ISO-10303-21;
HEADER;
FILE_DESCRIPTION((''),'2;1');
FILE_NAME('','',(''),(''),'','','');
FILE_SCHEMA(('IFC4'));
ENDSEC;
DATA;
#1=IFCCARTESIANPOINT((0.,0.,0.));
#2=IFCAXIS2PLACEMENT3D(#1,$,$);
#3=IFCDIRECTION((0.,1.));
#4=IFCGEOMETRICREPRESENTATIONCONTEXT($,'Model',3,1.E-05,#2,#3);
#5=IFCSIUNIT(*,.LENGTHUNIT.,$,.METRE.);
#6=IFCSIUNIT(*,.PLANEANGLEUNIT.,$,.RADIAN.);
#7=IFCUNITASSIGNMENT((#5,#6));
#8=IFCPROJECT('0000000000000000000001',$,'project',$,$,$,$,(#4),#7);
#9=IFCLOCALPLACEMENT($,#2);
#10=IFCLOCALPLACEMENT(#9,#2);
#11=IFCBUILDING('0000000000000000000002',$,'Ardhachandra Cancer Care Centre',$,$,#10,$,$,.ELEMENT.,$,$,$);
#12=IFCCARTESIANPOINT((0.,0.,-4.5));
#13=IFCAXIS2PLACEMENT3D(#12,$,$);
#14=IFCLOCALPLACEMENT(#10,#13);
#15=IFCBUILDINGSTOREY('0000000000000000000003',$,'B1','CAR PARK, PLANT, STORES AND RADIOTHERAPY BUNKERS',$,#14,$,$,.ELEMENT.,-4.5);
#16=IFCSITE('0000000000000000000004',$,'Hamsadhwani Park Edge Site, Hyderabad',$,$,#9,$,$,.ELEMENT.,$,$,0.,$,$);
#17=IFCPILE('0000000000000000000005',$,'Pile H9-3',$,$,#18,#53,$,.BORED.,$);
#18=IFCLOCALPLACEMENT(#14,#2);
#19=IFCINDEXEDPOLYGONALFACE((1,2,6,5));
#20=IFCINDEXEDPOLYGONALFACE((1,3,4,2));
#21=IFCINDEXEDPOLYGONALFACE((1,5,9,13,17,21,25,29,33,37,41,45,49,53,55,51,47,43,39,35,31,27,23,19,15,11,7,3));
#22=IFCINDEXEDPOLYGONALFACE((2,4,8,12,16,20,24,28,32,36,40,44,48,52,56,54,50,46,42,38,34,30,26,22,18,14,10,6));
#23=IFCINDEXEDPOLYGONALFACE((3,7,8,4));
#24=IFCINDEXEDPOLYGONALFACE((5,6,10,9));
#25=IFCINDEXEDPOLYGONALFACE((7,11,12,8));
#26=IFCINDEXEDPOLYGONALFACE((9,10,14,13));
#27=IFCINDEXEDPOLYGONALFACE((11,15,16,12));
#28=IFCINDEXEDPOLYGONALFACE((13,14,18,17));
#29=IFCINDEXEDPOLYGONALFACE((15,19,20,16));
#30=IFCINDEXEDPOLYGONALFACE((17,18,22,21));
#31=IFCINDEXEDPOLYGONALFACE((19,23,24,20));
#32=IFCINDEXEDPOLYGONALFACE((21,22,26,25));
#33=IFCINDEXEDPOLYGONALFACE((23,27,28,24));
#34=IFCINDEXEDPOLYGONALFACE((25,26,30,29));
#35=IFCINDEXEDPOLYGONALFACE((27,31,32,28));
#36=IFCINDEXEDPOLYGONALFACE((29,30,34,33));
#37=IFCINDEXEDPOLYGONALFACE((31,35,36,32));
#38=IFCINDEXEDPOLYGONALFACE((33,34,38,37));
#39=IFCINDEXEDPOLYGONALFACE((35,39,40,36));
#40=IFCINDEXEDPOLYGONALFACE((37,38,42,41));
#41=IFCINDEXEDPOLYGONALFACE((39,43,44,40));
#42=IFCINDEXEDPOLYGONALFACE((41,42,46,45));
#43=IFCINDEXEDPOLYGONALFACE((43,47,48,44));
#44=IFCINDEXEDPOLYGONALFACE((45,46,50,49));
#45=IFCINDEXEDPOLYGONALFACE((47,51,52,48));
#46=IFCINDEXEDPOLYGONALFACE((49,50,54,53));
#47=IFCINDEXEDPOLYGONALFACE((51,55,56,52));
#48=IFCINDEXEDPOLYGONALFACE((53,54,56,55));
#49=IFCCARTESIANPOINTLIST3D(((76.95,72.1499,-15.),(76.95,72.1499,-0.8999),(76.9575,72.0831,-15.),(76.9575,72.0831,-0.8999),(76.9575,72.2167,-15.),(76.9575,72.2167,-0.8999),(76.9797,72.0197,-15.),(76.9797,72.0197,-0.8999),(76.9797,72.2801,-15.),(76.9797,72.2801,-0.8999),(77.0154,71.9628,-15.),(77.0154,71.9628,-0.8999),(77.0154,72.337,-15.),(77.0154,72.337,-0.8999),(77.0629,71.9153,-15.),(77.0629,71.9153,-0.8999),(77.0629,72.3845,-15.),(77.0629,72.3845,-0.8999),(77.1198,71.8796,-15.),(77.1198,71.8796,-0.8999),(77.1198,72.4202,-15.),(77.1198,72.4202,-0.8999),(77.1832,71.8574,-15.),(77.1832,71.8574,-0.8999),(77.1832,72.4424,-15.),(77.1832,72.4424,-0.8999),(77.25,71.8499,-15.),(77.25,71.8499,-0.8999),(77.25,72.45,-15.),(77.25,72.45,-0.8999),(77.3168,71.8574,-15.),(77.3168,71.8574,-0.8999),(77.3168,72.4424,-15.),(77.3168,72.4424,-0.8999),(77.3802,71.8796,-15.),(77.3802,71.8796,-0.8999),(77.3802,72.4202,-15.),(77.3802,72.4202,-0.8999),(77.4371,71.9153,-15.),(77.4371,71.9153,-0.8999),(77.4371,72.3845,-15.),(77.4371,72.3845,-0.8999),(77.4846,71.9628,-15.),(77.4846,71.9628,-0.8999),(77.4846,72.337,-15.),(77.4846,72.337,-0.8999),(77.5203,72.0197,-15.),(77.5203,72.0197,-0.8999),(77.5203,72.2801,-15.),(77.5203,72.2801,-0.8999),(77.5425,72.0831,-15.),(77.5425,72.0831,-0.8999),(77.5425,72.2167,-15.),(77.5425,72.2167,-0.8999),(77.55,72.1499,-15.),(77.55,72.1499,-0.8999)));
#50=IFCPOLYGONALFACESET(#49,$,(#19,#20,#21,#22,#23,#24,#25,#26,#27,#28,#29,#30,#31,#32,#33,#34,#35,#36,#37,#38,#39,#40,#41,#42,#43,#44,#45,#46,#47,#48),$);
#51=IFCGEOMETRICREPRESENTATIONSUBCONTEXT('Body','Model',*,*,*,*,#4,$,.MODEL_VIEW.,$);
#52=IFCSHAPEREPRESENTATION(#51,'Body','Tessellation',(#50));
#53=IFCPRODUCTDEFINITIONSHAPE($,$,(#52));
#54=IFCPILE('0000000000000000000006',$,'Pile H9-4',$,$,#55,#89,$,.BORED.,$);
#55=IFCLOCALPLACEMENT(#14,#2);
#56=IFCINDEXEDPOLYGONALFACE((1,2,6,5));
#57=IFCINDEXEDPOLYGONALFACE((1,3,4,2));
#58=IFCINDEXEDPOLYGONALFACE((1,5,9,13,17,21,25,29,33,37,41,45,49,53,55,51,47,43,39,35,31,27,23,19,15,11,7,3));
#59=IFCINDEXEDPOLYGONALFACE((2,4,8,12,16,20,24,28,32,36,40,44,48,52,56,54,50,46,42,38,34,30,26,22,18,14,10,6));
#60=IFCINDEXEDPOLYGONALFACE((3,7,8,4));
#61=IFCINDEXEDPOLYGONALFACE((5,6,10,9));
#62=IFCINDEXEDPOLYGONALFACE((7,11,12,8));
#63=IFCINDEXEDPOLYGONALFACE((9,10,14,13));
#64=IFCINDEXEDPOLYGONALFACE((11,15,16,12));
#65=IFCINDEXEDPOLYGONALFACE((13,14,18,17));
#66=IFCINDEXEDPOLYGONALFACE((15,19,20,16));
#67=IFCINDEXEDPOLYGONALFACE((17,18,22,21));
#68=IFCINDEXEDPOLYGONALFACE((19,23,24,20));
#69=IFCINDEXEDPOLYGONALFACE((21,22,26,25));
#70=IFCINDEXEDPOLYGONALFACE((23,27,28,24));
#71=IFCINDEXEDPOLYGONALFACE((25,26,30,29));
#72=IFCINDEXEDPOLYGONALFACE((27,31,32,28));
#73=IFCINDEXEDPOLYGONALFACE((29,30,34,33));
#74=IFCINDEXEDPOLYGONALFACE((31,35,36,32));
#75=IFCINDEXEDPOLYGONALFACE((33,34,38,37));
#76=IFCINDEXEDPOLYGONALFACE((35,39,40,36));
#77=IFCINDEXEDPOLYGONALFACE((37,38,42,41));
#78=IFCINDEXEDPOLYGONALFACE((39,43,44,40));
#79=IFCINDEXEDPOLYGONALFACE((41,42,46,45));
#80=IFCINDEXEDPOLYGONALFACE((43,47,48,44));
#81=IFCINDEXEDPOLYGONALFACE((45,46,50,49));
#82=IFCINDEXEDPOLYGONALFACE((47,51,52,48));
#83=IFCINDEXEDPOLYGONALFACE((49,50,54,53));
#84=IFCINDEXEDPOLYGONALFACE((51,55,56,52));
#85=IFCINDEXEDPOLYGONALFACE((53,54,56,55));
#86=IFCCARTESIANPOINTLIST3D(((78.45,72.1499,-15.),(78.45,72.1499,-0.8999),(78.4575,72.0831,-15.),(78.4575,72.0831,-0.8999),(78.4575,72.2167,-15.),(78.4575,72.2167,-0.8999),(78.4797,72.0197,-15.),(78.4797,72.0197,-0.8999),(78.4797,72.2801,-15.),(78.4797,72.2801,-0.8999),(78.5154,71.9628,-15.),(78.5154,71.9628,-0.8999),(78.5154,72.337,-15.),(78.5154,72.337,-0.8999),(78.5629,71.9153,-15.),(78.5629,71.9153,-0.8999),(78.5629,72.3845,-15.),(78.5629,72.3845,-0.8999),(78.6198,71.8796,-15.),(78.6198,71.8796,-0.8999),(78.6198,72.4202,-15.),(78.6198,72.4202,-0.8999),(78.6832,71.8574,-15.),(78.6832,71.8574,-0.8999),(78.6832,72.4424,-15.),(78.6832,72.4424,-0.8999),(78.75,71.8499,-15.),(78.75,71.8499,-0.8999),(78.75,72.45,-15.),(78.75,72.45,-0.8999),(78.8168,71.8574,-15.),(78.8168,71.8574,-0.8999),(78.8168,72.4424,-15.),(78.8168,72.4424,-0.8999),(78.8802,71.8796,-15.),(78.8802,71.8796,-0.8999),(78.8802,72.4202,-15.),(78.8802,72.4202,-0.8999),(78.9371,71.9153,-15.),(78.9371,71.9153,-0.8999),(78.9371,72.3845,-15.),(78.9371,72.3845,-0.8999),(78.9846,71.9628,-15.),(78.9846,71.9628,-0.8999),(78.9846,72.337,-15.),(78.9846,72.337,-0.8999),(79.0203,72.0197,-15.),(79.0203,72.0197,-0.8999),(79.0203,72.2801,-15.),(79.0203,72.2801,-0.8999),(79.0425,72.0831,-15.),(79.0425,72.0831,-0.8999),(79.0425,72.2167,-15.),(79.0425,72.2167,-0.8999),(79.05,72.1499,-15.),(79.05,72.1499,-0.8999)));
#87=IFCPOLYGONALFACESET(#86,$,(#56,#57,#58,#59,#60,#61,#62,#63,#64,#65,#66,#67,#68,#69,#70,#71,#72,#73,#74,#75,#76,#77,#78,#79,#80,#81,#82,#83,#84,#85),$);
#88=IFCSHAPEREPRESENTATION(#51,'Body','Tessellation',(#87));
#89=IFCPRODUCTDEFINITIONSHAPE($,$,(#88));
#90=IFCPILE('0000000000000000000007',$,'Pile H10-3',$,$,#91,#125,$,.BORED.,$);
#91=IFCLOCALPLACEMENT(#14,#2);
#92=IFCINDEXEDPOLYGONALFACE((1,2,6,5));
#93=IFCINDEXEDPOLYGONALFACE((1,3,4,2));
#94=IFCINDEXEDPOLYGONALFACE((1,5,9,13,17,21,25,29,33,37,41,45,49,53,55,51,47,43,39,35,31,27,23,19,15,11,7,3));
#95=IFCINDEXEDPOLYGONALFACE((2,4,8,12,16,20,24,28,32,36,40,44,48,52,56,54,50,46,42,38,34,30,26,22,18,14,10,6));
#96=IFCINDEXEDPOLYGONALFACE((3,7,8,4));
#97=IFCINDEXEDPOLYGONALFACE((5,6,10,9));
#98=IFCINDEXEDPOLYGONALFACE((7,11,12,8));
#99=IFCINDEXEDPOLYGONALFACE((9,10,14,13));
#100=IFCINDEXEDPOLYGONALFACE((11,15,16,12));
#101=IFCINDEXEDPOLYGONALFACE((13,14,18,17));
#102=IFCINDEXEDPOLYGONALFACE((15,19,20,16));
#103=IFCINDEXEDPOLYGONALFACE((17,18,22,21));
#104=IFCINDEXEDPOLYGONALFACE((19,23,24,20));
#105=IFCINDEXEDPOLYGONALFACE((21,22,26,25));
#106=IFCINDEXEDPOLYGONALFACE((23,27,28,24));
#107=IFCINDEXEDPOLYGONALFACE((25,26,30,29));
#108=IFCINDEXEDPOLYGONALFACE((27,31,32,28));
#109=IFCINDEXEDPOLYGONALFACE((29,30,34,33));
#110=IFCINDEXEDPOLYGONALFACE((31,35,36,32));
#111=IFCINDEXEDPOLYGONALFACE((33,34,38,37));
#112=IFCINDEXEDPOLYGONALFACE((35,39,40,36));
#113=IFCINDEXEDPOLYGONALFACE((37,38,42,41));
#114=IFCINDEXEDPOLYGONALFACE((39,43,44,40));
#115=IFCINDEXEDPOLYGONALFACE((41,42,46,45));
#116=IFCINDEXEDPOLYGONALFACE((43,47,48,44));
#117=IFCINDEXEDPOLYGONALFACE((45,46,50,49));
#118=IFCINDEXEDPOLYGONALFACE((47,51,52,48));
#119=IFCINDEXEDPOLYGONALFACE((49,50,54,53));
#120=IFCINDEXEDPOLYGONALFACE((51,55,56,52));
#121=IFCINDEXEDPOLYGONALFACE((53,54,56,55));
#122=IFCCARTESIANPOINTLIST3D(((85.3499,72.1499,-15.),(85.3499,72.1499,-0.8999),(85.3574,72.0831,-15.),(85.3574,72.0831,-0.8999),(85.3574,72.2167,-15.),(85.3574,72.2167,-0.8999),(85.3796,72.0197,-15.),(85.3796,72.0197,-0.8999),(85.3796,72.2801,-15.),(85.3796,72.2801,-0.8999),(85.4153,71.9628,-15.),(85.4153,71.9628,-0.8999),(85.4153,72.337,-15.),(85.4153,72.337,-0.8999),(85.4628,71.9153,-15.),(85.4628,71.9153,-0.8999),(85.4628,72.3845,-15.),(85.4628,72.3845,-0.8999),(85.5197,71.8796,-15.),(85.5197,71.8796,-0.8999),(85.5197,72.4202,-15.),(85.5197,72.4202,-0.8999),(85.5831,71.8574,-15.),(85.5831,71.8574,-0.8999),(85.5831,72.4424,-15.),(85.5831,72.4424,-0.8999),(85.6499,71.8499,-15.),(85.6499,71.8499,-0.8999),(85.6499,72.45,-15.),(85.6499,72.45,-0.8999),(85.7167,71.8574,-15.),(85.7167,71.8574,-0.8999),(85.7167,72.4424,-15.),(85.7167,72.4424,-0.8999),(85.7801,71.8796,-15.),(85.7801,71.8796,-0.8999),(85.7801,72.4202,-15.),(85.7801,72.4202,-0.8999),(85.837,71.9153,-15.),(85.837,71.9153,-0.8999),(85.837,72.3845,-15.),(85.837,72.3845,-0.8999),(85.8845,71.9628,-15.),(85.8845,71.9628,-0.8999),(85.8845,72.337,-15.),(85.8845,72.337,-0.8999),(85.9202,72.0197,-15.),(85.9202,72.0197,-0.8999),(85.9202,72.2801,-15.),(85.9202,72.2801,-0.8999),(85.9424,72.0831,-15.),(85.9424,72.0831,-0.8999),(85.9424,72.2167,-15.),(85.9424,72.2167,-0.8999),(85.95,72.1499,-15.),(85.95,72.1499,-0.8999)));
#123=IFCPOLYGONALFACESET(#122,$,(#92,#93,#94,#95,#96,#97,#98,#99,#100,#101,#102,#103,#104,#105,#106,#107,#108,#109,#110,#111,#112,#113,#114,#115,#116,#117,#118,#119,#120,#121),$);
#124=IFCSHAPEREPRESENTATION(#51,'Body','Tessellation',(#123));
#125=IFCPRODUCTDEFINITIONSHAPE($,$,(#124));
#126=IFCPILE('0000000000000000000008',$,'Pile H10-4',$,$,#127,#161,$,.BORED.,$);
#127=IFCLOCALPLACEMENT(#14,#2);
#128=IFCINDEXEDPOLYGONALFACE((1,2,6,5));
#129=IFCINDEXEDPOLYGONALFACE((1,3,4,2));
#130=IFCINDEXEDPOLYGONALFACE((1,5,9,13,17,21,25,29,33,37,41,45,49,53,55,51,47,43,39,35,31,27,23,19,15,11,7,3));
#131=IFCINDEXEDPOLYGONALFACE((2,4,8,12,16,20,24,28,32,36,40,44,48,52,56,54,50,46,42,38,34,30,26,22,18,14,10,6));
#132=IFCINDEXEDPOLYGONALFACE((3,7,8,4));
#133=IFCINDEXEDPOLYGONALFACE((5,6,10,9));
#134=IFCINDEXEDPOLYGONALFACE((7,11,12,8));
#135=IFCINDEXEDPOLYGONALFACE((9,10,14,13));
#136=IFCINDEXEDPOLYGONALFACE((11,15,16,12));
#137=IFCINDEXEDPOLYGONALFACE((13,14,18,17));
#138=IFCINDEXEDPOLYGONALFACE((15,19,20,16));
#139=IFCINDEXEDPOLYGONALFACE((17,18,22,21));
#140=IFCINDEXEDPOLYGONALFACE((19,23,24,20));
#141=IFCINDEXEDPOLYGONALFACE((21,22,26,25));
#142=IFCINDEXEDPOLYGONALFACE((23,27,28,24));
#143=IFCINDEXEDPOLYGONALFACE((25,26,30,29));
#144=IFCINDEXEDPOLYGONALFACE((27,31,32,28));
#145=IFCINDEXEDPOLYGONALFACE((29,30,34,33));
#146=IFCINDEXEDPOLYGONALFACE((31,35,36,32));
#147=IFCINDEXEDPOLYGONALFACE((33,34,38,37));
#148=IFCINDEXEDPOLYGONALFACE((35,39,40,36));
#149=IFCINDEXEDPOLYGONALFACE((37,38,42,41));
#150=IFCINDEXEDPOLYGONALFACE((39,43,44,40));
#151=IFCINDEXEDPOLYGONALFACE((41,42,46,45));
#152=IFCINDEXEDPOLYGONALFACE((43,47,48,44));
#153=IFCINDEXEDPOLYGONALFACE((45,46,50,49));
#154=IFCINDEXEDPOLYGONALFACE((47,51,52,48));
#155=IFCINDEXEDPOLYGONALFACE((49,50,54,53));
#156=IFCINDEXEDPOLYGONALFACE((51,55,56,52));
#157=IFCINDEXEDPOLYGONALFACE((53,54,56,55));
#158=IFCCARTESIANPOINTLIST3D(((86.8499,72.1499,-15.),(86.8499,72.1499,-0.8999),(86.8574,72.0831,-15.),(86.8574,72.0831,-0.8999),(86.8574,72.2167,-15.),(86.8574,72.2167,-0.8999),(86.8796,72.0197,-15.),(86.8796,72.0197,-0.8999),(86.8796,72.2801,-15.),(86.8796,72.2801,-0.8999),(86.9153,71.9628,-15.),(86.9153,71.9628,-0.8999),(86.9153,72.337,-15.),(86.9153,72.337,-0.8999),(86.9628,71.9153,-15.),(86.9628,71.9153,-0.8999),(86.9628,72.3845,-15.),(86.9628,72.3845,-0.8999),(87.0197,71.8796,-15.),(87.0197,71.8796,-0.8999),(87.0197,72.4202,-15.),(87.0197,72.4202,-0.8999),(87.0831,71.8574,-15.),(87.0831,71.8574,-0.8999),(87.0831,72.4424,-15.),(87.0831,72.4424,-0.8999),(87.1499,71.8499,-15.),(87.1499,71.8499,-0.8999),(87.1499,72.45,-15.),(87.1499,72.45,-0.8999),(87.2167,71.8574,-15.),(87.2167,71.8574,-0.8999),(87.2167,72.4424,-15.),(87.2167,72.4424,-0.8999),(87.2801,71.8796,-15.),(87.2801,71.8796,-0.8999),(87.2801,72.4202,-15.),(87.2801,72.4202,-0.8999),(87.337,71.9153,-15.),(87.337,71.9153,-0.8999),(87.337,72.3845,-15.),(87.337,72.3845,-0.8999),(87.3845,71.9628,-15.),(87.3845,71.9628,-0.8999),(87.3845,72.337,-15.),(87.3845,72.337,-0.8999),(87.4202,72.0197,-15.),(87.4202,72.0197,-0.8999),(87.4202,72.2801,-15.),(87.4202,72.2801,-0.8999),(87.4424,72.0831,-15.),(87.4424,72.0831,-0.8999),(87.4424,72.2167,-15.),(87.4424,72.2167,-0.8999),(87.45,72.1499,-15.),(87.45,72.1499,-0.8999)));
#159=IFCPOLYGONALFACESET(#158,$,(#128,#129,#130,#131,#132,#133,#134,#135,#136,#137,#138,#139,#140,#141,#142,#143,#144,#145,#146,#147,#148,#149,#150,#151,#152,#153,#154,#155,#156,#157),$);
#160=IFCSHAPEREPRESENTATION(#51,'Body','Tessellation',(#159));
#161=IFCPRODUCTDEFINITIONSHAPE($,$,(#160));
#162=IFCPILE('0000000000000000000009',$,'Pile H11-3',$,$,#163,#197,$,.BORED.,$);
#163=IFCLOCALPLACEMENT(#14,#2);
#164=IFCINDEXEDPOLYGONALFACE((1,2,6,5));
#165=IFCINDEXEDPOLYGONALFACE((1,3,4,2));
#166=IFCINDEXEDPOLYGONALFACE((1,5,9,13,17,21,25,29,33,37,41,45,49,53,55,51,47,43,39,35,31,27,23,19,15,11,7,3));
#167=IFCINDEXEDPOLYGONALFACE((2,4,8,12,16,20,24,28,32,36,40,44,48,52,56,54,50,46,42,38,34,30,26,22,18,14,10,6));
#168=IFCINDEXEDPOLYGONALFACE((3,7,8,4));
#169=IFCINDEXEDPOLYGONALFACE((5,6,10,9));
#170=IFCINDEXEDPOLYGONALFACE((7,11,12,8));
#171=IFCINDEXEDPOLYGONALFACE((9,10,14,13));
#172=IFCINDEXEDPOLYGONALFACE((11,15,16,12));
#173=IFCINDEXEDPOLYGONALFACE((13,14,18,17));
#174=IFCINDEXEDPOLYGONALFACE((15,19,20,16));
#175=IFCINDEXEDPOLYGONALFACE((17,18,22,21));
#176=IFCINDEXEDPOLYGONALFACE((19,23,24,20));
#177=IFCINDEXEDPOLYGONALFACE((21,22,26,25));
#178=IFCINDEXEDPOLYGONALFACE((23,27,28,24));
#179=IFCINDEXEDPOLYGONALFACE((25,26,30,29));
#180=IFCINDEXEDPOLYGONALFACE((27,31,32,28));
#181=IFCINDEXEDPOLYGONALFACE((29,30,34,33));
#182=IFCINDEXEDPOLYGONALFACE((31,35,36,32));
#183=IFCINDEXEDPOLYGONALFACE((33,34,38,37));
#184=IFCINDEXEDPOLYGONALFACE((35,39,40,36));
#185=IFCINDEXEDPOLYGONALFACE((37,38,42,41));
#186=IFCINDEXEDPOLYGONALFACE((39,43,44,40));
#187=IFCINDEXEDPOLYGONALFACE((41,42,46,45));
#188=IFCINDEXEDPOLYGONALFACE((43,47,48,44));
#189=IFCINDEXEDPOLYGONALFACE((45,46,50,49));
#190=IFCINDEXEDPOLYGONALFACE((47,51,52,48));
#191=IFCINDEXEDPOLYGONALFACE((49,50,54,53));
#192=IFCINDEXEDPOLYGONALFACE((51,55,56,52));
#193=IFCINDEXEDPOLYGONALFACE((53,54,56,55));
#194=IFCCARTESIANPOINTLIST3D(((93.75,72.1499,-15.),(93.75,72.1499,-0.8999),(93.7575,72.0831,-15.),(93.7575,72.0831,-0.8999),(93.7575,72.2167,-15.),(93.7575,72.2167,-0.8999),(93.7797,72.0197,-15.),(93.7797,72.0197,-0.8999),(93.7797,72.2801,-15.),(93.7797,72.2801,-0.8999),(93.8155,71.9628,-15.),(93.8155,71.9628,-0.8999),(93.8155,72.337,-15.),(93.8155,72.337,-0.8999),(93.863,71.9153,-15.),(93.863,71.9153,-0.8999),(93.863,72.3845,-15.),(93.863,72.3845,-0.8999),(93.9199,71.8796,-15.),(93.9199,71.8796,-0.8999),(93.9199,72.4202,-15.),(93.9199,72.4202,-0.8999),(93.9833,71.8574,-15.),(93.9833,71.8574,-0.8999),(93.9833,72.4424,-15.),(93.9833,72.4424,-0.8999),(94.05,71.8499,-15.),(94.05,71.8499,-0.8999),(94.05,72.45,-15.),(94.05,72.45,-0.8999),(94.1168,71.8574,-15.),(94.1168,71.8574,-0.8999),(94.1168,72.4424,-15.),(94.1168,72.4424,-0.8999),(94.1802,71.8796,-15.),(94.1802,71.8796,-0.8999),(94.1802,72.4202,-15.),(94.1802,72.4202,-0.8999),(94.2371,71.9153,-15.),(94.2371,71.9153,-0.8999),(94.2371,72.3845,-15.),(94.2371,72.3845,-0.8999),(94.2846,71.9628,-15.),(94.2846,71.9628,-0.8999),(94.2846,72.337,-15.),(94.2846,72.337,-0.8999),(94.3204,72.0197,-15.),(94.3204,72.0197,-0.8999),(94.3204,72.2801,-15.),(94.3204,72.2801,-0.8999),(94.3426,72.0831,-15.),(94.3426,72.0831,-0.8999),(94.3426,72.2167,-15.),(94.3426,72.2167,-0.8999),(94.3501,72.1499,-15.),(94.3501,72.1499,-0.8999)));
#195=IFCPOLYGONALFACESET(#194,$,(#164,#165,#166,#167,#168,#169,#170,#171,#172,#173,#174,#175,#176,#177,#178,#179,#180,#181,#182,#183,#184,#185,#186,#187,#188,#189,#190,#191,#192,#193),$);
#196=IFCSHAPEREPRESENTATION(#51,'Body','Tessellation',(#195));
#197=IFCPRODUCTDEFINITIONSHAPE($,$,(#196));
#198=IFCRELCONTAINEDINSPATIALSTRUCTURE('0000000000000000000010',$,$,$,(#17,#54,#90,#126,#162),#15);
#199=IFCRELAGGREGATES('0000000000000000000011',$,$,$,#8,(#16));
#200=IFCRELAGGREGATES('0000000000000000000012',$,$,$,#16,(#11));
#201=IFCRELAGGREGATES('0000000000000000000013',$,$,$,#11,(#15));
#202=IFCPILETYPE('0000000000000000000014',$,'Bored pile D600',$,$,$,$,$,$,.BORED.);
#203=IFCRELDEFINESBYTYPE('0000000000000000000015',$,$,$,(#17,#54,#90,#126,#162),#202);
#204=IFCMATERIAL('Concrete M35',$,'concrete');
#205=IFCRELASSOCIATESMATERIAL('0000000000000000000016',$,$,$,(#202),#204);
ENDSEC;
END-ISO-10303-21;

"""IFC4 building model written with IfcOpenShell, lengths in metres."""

from ifc_helpers import new_model, si_unit, direction, frame, origin, origin_2d, place, context, subcontext, project, spatial, circle, extrude, material, material_profile, profile_set, type_object, element, save


model = new_model("IFC4")

# Units and contexts
model_context = context("Model", 3, precision=1e-05, world=origin(), true_north=direction((0.0, 1.0)))
body_context = subcontext(model_context, "Body", "Model", "MODEL_VIEW")
ifc_project = project(units=[si_unit("LENGTHUNIT", "METRE"), si_unit("PLANEANGLEUNIT", "RADIAN")], contexts=[model_context])

# Site, building, storey
site_placement = place(None, origin())
site = spatial("IfcSite", under=ifc_project, at=site_placement, Name="Hamsadhwani Park Edge Site, Hyderabad", CompositionType="ELEMENT", RefElevation=0.0)
building_placement = place(site_placement, origin())
building = spatial("IfcBuilding", under=site, at=building_placement, Name="Ardhachandra Cancer Care Centre", CompositionType="ELEMENT")
storey_placement = place(building_placement, frame((0.0, 0.0, -4.5)))
storey = spatial("IfcBuildingStorey", under=building, at=storey_placement, Name="B1", Description="CAR PARK, PLANT, STORES AND RADIOTHERAPY BUNKERS", CompositionType="ELEMENT", Elevation=-4.5)

# Piles
ifc_material_1 = material(Name="Concrete M35", Category="concrete")
ifc_material_profile_1 = material_profile(ifc_material_1, circle(Radius=0.3, at=origin_2d()), Name="D600")
ifc_profile_set_1 = profile_set([ifc_material_profile_1], Name="Concrete M35")
pile_type = type_object("IfcPileType", Name="Bored pile D600", PredefinedType="BORED", material=ifc_profile_set_1)
for number, where, z_axis, x_axis, name in (
    (1, (77.25, 72.1499, -0.8999), (0.0, 0.0, -1.0), (1.0, 0.0, 0.0), "Pile H9-3"),
    (2, (78.75, 72.1499, -0.8999), (0.0, 0.0, -1.0), (1.0, 0.0, 0.0), "Pile H9-4"),
    (3, (85.6499, 72.1499, -0.8999), (0.0, 0.0, -1.0), (1.0, 0.0, 0.0), "Pile H10-3"),
    (4, (87.1499, 72.1499, -0.8999), (0.0, 0.0, -1.0), (1.0, 0.0, 0.0), "Pile H10-4"),
    (5, (94.05, 72.1499, -0.8999), (0.0, 0.0, -1.0), (1.0, 0.0, 0.0), "Pile H11-3"),
):
    element("IfcPile", number, at=place(storey_placement, frame(where, z_axis=z_axis, x_axis=x_axis)), inside=storey, type_object=pile_type, Name=name, PredefinedType="BORED", context=body_context, shape_type="SweptSolid", body=[
        extrude(circle(Radius=0.3, at=origin_2d()), origin(), (0.0, 0.0, 1.0), 14.1001),
    ])

save(model, "model.ifc")
